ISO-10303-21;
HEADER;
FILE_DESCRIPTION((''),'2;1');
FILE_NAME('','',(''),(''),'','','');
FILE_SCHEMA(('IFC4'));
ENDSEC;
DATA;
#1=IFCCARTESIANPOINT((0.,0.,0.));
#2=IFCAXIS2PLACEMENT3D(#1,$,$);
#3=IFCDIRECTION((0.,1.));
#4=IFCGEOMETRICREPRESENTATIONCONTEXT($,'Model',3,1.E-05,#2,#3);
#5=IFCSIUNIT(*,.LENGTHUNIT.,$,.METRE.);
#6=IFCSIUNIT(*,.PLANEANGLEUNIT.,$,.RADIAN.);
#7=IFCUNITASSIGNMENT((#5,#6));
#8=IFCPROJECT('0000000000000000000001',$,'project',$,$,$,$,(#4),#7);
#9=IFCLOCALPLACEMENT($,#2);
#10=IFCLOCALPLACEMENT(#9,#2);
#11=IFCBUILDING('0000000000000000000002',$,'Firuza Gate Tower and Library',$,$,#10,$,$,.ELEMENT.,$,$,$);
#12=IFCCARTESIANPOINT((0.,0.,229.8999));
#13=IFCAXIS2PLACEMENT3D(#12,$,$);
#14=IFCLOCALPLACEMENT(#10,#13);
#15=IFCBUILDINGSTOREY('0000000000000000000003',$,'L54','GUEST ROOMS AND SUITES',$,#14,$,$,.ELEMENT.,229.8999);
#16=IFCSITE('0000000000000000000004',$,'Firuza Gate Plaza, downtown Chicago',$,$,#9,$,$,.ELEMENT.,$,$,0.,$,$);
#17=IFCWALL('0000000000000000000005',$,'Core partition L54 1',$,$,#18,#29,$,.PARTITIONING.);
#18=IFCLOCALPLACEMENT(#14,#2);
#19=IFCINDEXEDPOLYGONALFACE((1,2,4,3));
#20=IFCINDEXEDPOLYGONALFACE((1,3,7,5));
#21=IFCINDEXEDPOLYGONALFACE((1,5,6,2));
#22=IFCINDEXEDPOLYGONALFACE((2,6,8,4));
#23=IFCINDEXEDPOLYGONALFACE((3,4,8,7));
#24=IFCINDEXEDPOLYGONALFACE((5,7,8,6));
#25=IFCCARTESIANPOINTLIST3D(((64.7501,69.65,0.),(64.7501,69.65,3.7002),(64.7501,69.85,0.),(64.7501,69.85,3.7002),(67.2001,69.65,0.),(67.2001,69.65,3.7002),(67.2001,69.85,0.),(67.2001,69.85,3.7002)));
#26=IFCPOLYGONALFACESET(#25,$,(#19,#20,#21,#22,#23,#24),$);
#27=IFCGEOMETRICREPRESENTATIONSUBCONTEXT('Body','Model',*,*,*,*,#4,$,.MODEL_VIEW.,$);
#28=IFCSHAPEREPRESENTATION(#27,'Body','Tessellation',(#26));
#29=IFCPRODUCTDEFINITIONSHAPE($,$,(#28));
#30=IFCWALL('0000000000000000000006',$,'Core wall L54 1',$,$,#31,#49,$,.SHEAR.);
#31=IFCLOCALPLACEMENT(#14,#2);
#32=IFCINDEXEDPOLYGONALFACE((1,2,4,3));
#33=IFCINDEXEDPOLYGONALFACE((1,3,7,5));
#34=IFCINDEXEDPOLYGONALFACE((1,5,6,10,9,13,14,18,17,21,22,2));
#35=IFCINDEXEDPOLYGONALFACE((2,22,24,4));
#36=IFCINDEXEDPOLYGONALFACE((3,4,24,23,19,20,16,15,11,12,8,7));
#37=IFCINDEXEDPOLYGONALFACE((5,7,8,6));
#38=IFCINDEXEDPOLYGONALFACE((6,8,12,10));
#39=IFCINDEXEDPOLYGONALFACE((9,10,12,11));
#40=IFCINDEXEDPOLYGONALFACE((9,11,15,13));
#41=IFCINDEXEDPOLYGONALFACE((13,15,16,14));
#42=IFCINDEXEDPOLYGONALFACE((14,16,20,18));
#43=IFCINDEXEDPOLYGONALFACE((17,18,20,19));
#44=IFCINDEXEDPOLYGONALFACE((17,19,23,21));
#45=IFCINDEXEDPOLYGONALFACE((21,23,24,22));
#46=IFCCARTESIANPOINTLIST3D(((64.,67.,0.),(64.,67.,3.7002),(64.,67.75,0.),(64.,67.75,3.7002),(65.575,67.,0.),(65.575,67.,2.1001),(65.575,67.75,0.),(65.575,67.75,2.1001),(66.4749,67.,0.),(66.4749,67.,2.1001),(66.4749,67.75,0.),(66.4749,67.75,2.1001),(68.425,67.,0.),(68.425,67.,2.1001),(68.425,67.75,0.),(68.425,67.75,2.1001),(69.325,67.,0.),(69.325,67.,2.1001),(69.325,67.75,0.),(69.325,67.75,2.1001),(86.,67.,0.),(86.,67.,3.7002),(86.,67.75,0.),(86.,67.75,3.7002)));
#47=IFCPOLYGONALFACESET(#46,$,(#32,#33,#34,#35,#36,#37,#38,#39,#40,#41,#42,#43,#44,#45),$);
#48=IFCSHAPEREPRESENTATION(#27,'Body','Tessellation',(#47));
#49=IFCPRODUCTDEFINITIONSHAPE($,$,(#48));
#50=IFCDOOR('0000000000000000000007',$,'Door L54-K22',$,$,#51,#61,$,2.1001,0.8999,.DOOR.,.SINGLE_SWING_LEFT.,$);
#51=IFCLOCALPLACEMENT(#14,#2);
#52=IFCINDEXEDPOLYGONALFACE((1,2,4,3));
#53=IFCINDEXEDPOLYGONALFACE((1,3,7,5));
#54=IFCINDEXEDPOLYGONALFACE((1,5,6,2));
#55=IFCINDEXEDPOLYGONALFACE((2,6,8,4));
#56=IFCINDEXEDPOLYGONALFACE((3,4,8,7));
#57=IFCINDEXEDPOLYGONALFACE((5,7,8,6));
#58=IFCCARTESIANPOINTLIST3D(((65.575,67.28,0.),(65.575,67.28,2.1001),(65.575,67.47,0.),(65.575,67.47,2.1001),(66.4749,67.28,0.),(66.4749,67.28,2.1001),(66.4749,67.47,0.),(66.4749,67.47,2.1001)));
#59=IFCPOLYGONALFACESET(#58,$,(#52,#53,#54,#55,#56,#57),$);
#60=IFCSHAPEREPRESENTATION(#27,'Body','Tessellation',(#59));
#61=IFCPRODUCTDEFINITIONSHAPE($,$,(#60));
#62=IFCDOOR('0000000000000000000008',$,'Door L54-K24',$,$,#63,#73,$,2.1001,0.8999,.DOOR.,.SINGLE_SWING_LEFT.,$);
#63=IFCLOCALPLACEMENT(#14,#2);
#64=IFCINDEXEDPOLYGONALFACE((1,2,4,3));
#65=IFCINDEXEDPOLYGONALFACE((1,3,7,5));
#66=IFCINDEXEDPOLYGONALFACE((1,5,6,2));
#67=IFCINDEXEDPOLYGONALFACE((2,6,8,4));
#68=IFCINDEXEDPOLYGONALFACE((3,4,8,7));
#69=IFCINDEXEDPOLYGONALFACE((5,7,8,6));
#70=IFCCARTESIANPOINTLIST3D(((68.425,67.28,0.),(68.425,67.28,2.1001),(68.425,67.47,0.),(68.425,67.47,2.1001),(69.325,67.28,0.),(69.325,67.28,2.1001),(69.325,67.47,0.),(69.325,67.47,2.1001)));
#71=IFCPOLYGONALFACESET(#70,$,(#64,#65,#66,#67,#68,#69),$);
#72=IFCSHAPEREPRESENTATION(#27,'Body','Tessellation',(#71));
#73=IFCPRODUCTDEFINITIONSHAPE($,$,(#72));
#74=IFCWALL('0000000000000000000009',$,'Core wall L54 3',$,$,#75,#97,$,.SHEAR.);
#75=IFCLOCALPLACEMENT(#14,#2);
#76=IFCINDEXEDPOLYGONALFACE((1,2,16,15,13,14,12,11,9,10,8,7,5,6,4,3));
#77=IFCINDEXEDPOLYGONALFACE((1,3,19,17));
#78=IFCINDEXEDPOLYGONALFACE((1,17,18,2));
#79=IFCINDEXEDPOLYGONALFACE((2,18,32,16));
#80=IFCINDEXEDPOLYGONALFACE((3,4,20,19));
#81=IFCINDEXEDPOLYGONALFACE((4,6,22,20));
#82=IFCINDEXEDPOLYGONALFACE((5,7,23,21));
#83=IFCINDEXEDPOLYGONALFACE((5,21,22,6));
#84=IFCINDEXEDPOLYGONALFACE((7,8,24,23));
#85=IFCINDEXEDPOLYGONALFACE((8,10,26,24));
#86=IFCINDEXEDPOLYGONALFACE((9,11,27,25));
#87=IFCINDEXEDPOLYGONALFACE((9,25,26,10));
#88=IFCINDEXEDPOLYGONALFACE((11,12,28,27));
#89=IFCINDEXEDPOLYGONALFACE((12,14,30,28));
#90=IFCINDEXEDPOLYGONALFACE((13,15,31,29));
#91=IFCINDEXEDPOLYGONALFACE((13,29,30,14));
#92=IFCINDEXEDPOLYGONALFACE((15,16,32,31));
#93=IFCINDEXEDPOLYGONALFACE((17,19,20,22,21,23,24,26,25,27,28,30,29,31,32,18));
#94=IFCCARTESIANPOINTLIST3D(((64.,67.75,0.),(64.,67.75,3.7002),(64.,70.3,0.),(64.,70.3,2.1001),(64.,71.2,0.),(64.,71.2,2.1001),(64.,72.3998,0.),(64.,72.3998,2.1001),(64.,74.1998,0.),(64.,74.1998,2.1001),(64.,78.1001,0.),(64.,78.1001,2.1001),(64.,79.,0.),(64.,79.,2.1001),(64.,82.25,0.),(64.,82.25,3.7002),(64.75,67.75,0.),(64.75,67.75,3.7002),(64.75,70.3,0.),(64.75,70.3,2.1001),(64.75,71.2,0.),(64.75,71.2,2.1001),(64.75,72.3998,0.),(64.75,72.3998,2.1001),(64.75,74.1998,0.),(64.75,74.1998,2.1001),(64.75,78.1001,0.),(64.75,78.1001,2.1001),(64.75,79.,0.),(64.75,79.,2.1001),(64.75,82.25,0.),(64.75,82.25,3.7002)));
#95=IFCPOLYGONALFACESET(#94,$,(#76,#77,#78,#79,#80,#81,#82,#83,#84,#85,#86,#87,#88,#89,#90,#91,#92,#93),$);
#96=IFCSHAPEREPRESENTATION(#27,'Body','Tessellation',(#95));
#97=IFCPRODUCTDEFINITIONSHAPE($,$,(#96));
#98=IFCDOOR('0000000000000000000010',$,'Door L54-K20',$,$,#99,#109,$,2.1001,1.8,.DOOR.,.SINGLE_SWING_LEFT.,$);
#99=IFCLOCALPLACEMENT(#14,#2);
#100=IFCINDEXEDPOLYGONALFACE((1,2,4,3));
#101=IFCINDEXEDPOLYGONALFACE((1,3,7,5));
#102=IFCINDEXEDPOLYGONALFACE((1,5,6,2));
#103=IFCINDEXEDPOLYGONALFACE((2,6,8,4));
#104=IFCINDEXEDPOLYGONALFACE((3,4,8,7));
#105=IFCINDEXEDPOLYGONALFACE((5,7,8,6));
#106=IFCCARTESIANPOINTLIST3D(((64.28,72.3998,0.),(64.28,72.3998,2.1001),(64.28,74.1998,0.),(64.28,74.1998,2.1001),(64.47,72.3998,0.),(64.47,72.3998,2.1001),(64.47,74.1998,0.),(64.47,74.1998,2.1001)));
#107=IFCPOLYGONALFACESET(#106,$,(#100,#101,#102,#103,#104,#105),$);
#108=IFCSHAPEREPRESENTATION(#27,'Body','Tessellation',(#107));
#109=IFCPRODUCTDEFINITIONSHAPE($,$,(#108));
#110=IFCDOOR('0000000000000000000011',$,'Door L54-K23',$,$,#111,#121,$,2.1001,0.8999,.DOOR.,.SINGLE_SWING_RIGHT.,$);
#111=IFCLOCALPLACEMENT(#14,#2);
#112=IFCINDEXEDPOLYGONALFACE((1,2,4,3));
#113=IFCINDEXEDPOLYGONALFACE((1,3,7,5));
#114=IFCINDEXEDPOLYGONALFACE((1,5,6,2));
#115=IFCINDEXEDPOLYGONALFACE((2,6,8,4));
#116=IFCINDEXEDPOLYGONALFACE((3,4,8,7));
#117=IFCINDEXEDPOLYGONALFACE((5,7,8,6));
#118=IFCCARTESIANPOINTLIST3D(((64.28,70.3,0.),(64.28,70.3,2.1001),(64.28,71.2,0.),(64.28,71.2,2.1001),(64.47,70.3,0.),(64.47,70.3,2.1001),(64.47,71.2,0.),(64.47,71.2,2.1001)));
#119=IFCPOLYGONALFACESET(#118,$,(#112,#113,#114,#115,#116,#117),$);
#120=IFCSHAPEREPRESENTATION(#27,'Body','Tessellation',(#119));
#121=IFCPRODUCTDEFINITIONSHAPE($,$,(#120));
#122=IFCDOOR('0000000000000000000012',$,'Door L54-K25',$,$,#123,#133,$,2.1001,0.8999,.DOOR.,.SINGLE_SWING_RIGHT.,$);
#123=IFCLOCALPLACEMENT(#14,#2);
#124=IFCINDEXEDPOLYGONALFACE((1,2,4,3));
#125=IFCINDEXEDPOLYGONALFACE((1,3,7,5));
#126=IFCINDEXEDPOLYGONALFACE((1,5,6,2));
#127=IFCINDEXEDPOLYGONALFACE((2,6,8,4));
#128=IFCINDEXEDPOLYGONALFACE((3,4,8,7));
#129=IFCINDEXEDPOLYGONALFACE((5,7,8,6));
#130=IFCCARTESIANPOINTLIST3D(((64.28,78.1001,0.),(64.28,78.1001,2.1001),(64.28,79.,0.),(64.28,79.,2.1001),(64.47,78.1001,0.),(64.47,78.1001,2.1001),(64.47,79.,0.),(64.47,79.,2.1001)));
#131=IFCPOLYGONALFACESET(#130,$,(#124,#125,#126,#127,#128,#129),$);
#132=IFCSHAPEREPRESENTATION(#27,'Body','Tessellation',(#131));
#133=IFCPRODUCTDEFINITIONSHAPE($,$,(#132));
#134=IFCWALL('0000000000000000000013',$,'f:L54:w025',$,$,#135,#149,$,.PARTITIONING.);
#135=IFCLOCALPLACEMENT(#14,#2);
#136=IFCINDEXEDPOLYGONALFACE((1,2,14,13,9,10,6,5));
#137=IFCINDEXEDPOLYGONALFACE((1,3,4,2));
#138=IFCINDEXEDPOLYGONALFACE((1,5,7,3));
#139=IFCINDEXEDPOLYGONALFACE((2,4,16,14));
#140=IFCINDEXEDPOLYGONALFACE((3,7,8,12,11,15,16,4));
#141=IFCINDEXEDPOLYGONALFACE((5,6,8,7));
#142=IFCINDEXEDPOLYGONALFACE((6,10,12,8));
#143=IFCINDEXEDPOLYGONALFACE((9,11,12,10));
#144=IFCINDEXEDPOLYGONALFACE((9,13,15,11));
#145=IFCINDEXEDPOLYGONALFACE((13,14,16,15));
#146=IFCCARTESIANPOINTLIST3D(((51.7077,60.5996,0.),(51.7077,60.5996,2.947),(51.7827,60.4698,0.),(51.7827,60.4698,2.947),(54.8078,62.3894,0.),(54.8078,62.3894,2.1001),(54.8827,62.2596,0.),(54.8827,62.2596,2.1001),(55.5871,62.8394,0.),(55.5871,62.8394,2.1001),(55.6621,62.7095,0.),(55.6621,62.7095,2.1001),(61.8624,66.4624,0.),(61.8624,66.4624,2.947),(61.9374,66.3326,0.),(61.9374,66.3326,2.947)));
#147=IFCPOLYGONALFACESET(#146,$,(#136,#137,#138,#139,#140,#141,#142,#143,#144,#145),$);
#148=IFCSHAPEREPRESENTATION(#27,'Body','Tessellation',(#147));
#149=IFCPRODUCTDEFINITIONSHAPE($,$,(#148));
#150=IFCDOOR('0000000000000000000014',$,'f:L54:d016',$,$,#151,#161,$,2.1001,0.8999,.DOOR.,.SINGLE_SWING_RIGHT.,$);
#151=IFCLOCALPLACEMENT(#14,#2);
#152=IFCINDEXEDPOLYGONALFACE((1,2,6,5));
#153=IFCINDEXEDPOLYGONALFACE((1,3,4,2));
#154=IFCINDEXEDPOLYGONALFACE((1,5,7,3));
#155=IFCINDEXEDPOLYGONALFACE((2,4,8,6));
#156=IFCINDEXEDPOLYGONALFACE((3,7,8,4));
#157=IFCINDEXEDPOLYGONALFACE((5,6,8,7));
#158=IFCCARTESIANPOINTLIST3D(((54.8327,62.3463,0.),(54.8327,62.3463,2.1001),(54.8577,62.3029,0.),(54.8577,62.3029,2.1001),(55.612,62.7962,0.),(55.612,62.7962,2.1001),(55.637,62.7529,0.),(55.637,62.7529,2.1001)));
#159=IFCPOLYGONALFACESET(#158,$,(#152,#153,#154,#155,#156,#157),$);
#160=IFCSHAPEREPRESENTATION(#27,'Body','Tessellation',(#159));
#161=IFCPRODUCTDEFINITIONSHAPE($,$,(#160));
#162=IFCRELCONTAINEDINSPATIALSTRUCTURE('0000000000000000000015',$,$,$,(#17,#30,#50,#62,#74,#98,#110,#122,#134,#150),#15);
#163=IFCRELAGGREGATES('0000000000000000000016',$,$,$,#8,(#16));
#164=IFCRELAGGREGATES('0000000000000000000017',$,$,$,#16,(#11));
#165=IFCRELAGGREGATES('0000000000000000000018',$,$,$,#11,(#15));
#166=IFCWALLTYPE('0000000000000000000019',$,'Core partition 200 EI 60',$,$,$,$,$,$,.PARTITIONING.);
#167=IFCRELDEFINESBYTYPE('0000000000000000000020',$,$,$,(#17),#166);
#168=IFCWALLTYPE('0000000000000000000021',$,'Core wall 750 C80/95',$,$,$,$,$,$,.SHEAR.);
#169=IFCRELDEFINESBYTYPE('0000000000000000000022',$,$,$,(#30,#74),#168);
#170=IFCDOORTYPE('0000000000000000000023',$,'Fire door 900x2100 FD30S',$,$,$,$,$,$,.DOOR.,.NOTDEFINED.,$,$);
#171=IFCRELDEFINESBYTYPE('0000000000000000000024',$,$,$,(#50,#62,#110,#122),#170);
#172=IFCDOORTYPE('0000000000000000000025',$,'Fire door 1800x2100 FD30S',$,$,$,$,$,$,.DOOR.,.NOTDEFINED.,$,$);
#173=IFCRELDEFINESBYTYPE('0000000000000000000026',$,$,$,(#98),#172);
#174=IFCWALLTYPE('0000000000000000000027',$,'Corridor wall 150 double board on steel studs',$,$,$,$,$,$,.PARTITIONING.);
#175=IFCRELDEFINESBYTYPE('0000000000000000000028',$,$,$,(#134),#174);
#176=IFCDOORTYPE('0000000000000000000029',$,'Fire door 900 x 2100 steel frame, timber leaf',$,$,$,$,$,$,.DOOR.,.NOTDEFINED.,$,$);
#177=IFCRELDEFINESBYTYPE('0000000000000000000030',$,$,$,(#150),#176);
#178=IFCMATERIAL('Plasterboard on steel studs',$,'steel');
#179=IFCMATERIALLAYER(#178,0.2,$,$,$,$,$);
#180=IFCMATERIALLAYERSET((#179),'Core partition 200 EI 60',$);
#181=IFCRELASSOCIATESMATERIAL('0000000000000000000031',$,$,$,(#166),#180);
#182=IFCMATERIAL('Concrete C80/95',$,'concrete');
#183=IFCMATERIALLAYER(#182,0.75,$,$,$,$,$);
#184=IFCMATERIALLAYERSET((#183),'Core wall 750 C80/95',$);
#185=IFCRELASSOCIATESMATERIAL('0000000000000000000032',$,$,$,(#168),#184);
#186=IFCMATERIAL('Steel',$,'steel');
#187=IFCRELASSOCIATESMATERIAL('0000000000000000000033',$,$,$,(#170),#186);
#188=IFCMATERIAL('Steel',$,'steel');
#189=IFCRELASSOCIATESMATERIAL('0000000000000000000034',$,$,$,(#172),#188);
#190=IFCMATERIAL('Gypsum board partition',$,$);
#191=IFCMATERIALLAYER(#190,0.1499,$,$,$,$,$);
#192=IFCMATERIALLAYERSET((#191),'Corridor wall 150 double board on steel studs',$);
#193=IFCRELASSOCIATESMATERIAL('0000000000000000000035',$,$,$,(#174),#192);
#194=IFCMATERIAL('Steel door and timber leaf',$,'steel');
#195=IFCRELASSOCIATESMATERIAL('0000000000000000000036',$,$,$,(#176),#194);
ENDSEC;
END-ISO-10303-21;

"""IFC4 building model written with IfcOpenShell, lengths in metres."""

from ifc_helpers import new_model, si_unit, direction, frame, frame_2d, origin, place, context, subcontext, project, spatial, rectangle, extrude, material, layer, layer_set, type_object, element, fill, save


model = new_model("IFC4")

# Units and contexts
model_context = context("Model", 3, precision=1e-05, world=origin(), true_north=direction((0.0, 1.0)))
body_context = subcontext(model_context, "Body", "Model", "MODEL_VIEW")
ifc_project = project(units=[si_unit("LENGTHUNIT", "METRE"), si_unit("PLANEANGLEUNIT", "RADIAN")], contexts=[model_context])

# Site, building, storey
site_placement = place(None, origin())
site = spatial("IfcSite", under=ifc_project, at=site_placement, Name="Firuza Gate Plaza, downtown Chicago", CompositionType="ELEMENT", RefElevation=0.0)
building_placement = place(site_placement, origin())
building = spatial("IfcBuilding", under=site, at=building_placement, Name="Firuza Gate Tower and Library", CompositionType="ELEMENT")
storey_placement = place(building_placement, frame((0.0, 0.0, 229.8999)))
storey = spatial("IfcBuildingStorey", under=building, at=storey_placement, Name="L54", Description="GUEST ROOMS AND SUITES", CompositionType="ELEMENT", Elevation=229.8999)

# Wall
ifc_material_1 = material(Name="Plasterboard on steel studs", Category="steel")
ifc_layer_1 = layer(ifc_material_1, 0.2)
ifc_layer_set_1 = layer_set([ifc_layer_1], Name="Core partition 200 EI 60")
wall_type_1 = type_object("IfcWallType", Name="Core partition 200 EI 60", PredefinedType="PARTITIONING", material=ifc_layer_set_1)
wall_1_placement = place(storey_placement, frame((64.75, 69.75, 0.0), z_axis=(0.0, 0.0, 1.0), x_axis=(1.0, 0.0, 0.0)))
element("IfcWall", 1, at=wall_1_placement, inside=storey, type_object=wall_type_1, Name="Core partition L54 1", PredefinedType="PARTITIONING", context=body_context, shape_type="SweptSolid", body=[
    extrude(rectangle(XDim=2.45, YDim=0.2, at=frame_2d((1.2251, 0.0))), origin(), (0.0, 0.0, 1.0), 3.7002),
])

# Walls, openings, doors
ifc_material_2 = material(Name="Concrete C80/95", Category="concrete")
ifc_layer_2 = layer(ifc_material_2, 0.75)
ifc_layer_set_2 = layer_set([ifc_layer_2], Name="Core wall 750 C80/95")
wall_type_2 = type_object("IfcWallType", Name="Core wall 750 C80/95", PredefinedType="SHEAR", material=ifc_layer_set_2)
wall_2_placement = place(storey_placement, frame((64.0, 67.375, 0.0), z_axis=(0.0, 0.0, 1.0), x_axis=(1.0, 0.0, 0.0)))
wall_2 = element("IfcWall", 2, at=wall_2_placement, inside=storey, type_object=wall_type_2, Name="Core wall L54 1", PredefinedType="SHEAR", context=body_context, shape_type="SweptSolid", body=[
    extrude(rectangle(XDim=22.0, YDim=0.75, at=frame_2d((11.0, 0.0))), origin(), (0.0, 0.0, 1.0), 3.7002),
])
opening_1_placement = place(wall_2_placement, frame((1.575, 0.0, 0.0)))
opening_1 = element("IfcOpeningElement", 3, at=opening_1_placement, cuts=wall_2, PredefinedType="OPENING", context=body_context, shape_type="SweptSolid", body=[
    extrude(rectangle(XDim=0.8999, YDim=2.1001, at=frame_2d((0.45, 1.05))), frame((0.0, 0.385, 0.0), z_axis=(0.0, -1.0, 0.0), x_axis=(1.0, 0.0, 0.0)), (0.0, 0.0, 1.0), 0.77),
])
opening_2_placement = place(wall_2_placement, frame((4.425, 0.0, 0.0)))
opening_2 = element("IfcOpeningElement", 4, at=opening_2_placement, cuts=wall_2, PredefinedType="OPENING", context=body_context, shape_type="SweptSolid", body=[
    extrude(rectangle(XDim=0.8999, YDim=2.1001, at=frame_2d((0.45, 1.05))), frame((0.0, 0.385, 0.0), z_axis=(0.0, -1.0, 0.0), x_axis=(1.0, 0.0, 0.0)), (0.0, 0.0, 1.0), 0.77),
])
ifc_material_3 = material(Name="Steel", Category="steel")
door_type_1 = type_object("IfcDoorType", Name="Fire door 900x2100 FD30S", OperationType="NOTDEFINED", PredefinedType="DOOR", material=ifc_material_3)
door_1_placement = place(opening_1_placement, origin())
door_1 = element("IfcDoor", 5, at=door_1_placement, inside=storey, type_object=door_type_1, Name="Door L54-K22", OperationType="SINGLE_SWING_LEFT", OverallHeight=2.1001, OverallWidth=0.8999, PredefinedType="DOOR", context=body_context, shape_type="SweptSolid", body=[
    extrude(rectangle(XDim=0.8999, YDim=2.1001, at=frame_2d((0.45, 1.05))), frame((0.0, 0.095, 0.0), z_axis=(0.0, -1.0, 0.0), x_axis=(1.0, 0.0, 0.0)), (0.0, 0.0, 1.0), 0.1899),
])
fill(opening_1, door_1)
door_2_placement = place(opening_2_placement, origin())
door_2 = element("IfcDoor", 6, at=door_2_placement, inside=storey, type_object=door_type_1, Name="Door L54-K24", OperationType="SINGLE_SWING_LEFT", OverallHeight=2.1001, OverallWidth=0.8999, PredefinedType="DOOR", context=body_context, shape_type="SweptSolid", body=[
    extrude(rectangle(XDim=0.8999, YDim=2.1001, at=frame_2d((0.45, 1.05))), frame((0.0, 0.095, 0.0), z_axis=(0.0, -1.0, 0.0), x_axis=(1.0, 0.0, 0.0)), (0.0, 0.0, 1.0), 0.1899),
])
fill(opening_2, door_2)
wall_3_placement = place(storey_placement, frame((64.375, 67.75, 0.0), z_axis=(0.0, 0.0, 1.0), x_axis=(0.0, 1.0, 0.0)))
wall_3 = element("IfcWall", 7, at=wall_3_placement, inside=storey, type_object=wall_type_2, Name="Core wall L54 3", PredefinedType="SHEAR", context=body_context, shape_type="SweptSolid", body=[
    extrude(rectangle(XDim=14.5, YDim=0.75, at=frame_2d((7.25, 0.0))), origin(), (0.0, 0.0, 1.0), 3.7002),
])
opening_3_placement = place(wall_3_placement, frame((4.6499, 0.0, 0.0)))
opening_3 = element("IfcOpeningElement", 8, at=opening_3_placement, cuts=wall_3, PredefinedType="OPENING", context=body_context, shape_type="SweptSolid", body=[
    extrude(rectangle(XDim=1.8, YDim=2.1001, at=frame_2d((0.8999, 1.05))), frame((0.0, 0.385, 0.0), z_axis=(0.0, -1.0, 0.0), x_axis=(1.0, 0.0, 0.0)), (0.0, 0.0, 1.0), 0.77),
])
opening_4_placement = place(wall_3_placement, frame((2.55, 0.0, 0.0)))
opening_4 = element("IfcOpeningElement", 9, at=opening_4_placement, cuts=wall_3, PredefinedType="OPENING", context=body_context, shape_type="SweptSolid", body=[
    extrude(rectangle(XDim=0.8999, YDim=2.1001, at=frame_2d((0.45, 1.05))), frame((0.0, 0.385, 0.0), z_axis=(0.0, -1.0, 0.0), x_axis=(1.0, 0.0, 0.0)), (0.0, 0.0, 1.0), 0.77),
])
opening_5_placement = place(wall_3_placement, frame((10.3501, 0.0, 0.0)))
opening_5 = element("IfcOpeningElement", 10, at=opening_5_placement, cuts=wall_3, PredefinedType="OPENING", context=body_context, shape_type="SweptSolid", body=[
    extrude(rectangle(XDim=0.8999, YDim=2.1001, at=frame_2d((0.45, 1.05))), frame((0.0, 0.385, 0.0), z_axis=(0.0, -1.0, 0.0), x_axis=(1.0, 0.0, 0.0)), (0.0, 0.0, 1.0), 0.77),
])
ifc_material_4 = material(Name="Steel", Category="steel")
door_type_2 = type_object("IfcDoorType", Name="Fire door 1800x2100 FD30S", OperationType="NOTDEFINED", PredefinedType="DOOR", material=ifc_material_4)
door_3_placement = place(opening_3_placement, origin())
door_3 = element("IfcDoor", 11, at=door_3_placement, inside=storey, type_object=door_type_2, Name="Door L54-K20", OperationType="SINGLE_SWING_LEFT", OverallHeight=2.1001, OverallWidth=1.8, PredefinedType="DOOR", context=body_context, shape_type="SweptSolid", body=[
    extrude(rectangle(XDim=1.8, YDim=2.1001, at=frame_2d((0.8999, 1.05))), frame((0.0, 0.095, 0.0), z_axis=(0.0, -1.0, 0.0), x_axis=(1.0, 0.0, 0.0)), (0.0, 0.0, 1.0), 0.1899),
])
fill(opening_3, door_3)
door_4_placement = place(opening_4_placement, origin())
door_4 = element("IfcDoor", 12, at=door_4_placement, inside=storey, type_object=door_type_1, Name="Door L54-K23", OperationType="SINGLE_SWING_RIGHT", OverallHeight=2.1001, OverallWidth=0.8999, PredefinedType="DOOR", context=body_context, shape_type="SweptSolid", body=[
    extrude(rectangle(XDim=0.8999, YDim=2.1001, at=frame_2d((0.45, 1.05))), frame((0.0, 0.095, 0.0), z_axis=(0.0, -1.0, 0.0), x_axis=(1.0, 0.0, 0.0)), (0.0, 0.0, 1.0), 0.1899),
])
fill(opening_4, door_4)
door_5_placement = place(opening_5_placement, origin())
door_5 = element("IfcDoor", 13, at=door_5_placement, inside=storey, type_object=door_type_1, Name="Door L54-K25", OperationType="SINGLE_SWING_RIGHT", OverallHeight=2.1001, OverallWidth=0.8999, PredefinedType="DOOR", context=body_context, shape_type="SweptSolid", body=[
    extrude(rectangle(XDim=0.8999, YDim=2.1001, at=frame_2d((0.45, 1.05))), frame((0.0, 0.095, 0.0), z_axis=(0.0, -1.0, 0.0), x_axis=(1.0, 0.0, 0.0)), (0.0, 0.0, 1.0), 0.1899),
])
fill(opening_5, door_5)

# Wall, opening, door
ifc_material_5 = material(Name="Gypsum board partition")
ifc_layer_3 = layer(ifc_material_5, 0.1499)
ifc_layer_set_3 = layer_set([ifc_layer_3], Name="Corridor wall 150 double board on steel studs")
wall_type_3 = type_object("IfcWallType", Name="Corridor wall 150 double board on steel studs", PredefinedType="PARTITIONING", material=ifc_layer_set_3)
wall_4_placement = place(storey_placement, frame((61.8999, 66.3975, 0.0), z_axis=(0.0, 0.0, 1.0), x_axis=(-0.866028, -0.499995, 0.0)))
wall_4 = element("IfcWall", 14, at=wall_4_placement, inside=storey, type_object=wall_type_3, Name="f:L54:w025", PredefinedType="PARTITIONING", context=body_context, shape_type="SweptSolid", body=[
    extrude(rectangle(XDim=11.7256, YDim=0.1499, at=frame_2d((5.8628, 0.0))), origin(), (0.0, 0.0, 1.0), 2.947),
])
opening_6_placement = place(wall_4_placement, frame((7.2461, 0.0, 0.0)))
opening_6 = element("IfcOpeningElement", 15, at=opening_6_placement, cuts=wall_4, PredefinedType="OPENING", context=body_context, shape_type="SweptSolid", body=[
    extrude(rectangle(XDim=0.8999, YDim=2.1001, at=frame_2d((0.45, 1.05))), frame((0.0, 0.085, 0.0), z_axis=(0.0, -1.0, 0.0), x_axis=(1.0, 0.0, 0.0)), (0.0, 0.0, 1.0), 0.1699),
])
ifc_material_6 = material(Name="Steel door and timber leaf", Category="steel")
door_type_3 = type_object("IfcDoorType", Name="Fire door 900 x 2100 steel frame, timber leaf", OperationType="NOTDEFINED", PredefinedType="DOOR", material=ifc_material_6)
door_6_placement = place(opening_6_placement, origin())
door_6 = element("IfcDoor", 16, at=door_6_placement, inside=storey, type_object=door_type_3, Name="f:L54:d016", OperationType="SINGLE_SWING_RIGHT", OverallHeight=2.1001, OverallWidth=0.8999, PredefinedType="DOOR", context=body_context, shape_type="SweptSolid", body=[
    extrude(rectangle(XDim=0.8999, YDim=2.1001, at=frame_2d((0.45, 1.05))), frame((0.0, 0.0249, 0.0), z_axis=(0.0, -1.0, 0.0), x_axis=(1.0, 0.0, 0.0)), (0.0, 0.0, 1.0), 0.05),
])
fill(opening_6, door_6)

save(model, "model.ifc")
